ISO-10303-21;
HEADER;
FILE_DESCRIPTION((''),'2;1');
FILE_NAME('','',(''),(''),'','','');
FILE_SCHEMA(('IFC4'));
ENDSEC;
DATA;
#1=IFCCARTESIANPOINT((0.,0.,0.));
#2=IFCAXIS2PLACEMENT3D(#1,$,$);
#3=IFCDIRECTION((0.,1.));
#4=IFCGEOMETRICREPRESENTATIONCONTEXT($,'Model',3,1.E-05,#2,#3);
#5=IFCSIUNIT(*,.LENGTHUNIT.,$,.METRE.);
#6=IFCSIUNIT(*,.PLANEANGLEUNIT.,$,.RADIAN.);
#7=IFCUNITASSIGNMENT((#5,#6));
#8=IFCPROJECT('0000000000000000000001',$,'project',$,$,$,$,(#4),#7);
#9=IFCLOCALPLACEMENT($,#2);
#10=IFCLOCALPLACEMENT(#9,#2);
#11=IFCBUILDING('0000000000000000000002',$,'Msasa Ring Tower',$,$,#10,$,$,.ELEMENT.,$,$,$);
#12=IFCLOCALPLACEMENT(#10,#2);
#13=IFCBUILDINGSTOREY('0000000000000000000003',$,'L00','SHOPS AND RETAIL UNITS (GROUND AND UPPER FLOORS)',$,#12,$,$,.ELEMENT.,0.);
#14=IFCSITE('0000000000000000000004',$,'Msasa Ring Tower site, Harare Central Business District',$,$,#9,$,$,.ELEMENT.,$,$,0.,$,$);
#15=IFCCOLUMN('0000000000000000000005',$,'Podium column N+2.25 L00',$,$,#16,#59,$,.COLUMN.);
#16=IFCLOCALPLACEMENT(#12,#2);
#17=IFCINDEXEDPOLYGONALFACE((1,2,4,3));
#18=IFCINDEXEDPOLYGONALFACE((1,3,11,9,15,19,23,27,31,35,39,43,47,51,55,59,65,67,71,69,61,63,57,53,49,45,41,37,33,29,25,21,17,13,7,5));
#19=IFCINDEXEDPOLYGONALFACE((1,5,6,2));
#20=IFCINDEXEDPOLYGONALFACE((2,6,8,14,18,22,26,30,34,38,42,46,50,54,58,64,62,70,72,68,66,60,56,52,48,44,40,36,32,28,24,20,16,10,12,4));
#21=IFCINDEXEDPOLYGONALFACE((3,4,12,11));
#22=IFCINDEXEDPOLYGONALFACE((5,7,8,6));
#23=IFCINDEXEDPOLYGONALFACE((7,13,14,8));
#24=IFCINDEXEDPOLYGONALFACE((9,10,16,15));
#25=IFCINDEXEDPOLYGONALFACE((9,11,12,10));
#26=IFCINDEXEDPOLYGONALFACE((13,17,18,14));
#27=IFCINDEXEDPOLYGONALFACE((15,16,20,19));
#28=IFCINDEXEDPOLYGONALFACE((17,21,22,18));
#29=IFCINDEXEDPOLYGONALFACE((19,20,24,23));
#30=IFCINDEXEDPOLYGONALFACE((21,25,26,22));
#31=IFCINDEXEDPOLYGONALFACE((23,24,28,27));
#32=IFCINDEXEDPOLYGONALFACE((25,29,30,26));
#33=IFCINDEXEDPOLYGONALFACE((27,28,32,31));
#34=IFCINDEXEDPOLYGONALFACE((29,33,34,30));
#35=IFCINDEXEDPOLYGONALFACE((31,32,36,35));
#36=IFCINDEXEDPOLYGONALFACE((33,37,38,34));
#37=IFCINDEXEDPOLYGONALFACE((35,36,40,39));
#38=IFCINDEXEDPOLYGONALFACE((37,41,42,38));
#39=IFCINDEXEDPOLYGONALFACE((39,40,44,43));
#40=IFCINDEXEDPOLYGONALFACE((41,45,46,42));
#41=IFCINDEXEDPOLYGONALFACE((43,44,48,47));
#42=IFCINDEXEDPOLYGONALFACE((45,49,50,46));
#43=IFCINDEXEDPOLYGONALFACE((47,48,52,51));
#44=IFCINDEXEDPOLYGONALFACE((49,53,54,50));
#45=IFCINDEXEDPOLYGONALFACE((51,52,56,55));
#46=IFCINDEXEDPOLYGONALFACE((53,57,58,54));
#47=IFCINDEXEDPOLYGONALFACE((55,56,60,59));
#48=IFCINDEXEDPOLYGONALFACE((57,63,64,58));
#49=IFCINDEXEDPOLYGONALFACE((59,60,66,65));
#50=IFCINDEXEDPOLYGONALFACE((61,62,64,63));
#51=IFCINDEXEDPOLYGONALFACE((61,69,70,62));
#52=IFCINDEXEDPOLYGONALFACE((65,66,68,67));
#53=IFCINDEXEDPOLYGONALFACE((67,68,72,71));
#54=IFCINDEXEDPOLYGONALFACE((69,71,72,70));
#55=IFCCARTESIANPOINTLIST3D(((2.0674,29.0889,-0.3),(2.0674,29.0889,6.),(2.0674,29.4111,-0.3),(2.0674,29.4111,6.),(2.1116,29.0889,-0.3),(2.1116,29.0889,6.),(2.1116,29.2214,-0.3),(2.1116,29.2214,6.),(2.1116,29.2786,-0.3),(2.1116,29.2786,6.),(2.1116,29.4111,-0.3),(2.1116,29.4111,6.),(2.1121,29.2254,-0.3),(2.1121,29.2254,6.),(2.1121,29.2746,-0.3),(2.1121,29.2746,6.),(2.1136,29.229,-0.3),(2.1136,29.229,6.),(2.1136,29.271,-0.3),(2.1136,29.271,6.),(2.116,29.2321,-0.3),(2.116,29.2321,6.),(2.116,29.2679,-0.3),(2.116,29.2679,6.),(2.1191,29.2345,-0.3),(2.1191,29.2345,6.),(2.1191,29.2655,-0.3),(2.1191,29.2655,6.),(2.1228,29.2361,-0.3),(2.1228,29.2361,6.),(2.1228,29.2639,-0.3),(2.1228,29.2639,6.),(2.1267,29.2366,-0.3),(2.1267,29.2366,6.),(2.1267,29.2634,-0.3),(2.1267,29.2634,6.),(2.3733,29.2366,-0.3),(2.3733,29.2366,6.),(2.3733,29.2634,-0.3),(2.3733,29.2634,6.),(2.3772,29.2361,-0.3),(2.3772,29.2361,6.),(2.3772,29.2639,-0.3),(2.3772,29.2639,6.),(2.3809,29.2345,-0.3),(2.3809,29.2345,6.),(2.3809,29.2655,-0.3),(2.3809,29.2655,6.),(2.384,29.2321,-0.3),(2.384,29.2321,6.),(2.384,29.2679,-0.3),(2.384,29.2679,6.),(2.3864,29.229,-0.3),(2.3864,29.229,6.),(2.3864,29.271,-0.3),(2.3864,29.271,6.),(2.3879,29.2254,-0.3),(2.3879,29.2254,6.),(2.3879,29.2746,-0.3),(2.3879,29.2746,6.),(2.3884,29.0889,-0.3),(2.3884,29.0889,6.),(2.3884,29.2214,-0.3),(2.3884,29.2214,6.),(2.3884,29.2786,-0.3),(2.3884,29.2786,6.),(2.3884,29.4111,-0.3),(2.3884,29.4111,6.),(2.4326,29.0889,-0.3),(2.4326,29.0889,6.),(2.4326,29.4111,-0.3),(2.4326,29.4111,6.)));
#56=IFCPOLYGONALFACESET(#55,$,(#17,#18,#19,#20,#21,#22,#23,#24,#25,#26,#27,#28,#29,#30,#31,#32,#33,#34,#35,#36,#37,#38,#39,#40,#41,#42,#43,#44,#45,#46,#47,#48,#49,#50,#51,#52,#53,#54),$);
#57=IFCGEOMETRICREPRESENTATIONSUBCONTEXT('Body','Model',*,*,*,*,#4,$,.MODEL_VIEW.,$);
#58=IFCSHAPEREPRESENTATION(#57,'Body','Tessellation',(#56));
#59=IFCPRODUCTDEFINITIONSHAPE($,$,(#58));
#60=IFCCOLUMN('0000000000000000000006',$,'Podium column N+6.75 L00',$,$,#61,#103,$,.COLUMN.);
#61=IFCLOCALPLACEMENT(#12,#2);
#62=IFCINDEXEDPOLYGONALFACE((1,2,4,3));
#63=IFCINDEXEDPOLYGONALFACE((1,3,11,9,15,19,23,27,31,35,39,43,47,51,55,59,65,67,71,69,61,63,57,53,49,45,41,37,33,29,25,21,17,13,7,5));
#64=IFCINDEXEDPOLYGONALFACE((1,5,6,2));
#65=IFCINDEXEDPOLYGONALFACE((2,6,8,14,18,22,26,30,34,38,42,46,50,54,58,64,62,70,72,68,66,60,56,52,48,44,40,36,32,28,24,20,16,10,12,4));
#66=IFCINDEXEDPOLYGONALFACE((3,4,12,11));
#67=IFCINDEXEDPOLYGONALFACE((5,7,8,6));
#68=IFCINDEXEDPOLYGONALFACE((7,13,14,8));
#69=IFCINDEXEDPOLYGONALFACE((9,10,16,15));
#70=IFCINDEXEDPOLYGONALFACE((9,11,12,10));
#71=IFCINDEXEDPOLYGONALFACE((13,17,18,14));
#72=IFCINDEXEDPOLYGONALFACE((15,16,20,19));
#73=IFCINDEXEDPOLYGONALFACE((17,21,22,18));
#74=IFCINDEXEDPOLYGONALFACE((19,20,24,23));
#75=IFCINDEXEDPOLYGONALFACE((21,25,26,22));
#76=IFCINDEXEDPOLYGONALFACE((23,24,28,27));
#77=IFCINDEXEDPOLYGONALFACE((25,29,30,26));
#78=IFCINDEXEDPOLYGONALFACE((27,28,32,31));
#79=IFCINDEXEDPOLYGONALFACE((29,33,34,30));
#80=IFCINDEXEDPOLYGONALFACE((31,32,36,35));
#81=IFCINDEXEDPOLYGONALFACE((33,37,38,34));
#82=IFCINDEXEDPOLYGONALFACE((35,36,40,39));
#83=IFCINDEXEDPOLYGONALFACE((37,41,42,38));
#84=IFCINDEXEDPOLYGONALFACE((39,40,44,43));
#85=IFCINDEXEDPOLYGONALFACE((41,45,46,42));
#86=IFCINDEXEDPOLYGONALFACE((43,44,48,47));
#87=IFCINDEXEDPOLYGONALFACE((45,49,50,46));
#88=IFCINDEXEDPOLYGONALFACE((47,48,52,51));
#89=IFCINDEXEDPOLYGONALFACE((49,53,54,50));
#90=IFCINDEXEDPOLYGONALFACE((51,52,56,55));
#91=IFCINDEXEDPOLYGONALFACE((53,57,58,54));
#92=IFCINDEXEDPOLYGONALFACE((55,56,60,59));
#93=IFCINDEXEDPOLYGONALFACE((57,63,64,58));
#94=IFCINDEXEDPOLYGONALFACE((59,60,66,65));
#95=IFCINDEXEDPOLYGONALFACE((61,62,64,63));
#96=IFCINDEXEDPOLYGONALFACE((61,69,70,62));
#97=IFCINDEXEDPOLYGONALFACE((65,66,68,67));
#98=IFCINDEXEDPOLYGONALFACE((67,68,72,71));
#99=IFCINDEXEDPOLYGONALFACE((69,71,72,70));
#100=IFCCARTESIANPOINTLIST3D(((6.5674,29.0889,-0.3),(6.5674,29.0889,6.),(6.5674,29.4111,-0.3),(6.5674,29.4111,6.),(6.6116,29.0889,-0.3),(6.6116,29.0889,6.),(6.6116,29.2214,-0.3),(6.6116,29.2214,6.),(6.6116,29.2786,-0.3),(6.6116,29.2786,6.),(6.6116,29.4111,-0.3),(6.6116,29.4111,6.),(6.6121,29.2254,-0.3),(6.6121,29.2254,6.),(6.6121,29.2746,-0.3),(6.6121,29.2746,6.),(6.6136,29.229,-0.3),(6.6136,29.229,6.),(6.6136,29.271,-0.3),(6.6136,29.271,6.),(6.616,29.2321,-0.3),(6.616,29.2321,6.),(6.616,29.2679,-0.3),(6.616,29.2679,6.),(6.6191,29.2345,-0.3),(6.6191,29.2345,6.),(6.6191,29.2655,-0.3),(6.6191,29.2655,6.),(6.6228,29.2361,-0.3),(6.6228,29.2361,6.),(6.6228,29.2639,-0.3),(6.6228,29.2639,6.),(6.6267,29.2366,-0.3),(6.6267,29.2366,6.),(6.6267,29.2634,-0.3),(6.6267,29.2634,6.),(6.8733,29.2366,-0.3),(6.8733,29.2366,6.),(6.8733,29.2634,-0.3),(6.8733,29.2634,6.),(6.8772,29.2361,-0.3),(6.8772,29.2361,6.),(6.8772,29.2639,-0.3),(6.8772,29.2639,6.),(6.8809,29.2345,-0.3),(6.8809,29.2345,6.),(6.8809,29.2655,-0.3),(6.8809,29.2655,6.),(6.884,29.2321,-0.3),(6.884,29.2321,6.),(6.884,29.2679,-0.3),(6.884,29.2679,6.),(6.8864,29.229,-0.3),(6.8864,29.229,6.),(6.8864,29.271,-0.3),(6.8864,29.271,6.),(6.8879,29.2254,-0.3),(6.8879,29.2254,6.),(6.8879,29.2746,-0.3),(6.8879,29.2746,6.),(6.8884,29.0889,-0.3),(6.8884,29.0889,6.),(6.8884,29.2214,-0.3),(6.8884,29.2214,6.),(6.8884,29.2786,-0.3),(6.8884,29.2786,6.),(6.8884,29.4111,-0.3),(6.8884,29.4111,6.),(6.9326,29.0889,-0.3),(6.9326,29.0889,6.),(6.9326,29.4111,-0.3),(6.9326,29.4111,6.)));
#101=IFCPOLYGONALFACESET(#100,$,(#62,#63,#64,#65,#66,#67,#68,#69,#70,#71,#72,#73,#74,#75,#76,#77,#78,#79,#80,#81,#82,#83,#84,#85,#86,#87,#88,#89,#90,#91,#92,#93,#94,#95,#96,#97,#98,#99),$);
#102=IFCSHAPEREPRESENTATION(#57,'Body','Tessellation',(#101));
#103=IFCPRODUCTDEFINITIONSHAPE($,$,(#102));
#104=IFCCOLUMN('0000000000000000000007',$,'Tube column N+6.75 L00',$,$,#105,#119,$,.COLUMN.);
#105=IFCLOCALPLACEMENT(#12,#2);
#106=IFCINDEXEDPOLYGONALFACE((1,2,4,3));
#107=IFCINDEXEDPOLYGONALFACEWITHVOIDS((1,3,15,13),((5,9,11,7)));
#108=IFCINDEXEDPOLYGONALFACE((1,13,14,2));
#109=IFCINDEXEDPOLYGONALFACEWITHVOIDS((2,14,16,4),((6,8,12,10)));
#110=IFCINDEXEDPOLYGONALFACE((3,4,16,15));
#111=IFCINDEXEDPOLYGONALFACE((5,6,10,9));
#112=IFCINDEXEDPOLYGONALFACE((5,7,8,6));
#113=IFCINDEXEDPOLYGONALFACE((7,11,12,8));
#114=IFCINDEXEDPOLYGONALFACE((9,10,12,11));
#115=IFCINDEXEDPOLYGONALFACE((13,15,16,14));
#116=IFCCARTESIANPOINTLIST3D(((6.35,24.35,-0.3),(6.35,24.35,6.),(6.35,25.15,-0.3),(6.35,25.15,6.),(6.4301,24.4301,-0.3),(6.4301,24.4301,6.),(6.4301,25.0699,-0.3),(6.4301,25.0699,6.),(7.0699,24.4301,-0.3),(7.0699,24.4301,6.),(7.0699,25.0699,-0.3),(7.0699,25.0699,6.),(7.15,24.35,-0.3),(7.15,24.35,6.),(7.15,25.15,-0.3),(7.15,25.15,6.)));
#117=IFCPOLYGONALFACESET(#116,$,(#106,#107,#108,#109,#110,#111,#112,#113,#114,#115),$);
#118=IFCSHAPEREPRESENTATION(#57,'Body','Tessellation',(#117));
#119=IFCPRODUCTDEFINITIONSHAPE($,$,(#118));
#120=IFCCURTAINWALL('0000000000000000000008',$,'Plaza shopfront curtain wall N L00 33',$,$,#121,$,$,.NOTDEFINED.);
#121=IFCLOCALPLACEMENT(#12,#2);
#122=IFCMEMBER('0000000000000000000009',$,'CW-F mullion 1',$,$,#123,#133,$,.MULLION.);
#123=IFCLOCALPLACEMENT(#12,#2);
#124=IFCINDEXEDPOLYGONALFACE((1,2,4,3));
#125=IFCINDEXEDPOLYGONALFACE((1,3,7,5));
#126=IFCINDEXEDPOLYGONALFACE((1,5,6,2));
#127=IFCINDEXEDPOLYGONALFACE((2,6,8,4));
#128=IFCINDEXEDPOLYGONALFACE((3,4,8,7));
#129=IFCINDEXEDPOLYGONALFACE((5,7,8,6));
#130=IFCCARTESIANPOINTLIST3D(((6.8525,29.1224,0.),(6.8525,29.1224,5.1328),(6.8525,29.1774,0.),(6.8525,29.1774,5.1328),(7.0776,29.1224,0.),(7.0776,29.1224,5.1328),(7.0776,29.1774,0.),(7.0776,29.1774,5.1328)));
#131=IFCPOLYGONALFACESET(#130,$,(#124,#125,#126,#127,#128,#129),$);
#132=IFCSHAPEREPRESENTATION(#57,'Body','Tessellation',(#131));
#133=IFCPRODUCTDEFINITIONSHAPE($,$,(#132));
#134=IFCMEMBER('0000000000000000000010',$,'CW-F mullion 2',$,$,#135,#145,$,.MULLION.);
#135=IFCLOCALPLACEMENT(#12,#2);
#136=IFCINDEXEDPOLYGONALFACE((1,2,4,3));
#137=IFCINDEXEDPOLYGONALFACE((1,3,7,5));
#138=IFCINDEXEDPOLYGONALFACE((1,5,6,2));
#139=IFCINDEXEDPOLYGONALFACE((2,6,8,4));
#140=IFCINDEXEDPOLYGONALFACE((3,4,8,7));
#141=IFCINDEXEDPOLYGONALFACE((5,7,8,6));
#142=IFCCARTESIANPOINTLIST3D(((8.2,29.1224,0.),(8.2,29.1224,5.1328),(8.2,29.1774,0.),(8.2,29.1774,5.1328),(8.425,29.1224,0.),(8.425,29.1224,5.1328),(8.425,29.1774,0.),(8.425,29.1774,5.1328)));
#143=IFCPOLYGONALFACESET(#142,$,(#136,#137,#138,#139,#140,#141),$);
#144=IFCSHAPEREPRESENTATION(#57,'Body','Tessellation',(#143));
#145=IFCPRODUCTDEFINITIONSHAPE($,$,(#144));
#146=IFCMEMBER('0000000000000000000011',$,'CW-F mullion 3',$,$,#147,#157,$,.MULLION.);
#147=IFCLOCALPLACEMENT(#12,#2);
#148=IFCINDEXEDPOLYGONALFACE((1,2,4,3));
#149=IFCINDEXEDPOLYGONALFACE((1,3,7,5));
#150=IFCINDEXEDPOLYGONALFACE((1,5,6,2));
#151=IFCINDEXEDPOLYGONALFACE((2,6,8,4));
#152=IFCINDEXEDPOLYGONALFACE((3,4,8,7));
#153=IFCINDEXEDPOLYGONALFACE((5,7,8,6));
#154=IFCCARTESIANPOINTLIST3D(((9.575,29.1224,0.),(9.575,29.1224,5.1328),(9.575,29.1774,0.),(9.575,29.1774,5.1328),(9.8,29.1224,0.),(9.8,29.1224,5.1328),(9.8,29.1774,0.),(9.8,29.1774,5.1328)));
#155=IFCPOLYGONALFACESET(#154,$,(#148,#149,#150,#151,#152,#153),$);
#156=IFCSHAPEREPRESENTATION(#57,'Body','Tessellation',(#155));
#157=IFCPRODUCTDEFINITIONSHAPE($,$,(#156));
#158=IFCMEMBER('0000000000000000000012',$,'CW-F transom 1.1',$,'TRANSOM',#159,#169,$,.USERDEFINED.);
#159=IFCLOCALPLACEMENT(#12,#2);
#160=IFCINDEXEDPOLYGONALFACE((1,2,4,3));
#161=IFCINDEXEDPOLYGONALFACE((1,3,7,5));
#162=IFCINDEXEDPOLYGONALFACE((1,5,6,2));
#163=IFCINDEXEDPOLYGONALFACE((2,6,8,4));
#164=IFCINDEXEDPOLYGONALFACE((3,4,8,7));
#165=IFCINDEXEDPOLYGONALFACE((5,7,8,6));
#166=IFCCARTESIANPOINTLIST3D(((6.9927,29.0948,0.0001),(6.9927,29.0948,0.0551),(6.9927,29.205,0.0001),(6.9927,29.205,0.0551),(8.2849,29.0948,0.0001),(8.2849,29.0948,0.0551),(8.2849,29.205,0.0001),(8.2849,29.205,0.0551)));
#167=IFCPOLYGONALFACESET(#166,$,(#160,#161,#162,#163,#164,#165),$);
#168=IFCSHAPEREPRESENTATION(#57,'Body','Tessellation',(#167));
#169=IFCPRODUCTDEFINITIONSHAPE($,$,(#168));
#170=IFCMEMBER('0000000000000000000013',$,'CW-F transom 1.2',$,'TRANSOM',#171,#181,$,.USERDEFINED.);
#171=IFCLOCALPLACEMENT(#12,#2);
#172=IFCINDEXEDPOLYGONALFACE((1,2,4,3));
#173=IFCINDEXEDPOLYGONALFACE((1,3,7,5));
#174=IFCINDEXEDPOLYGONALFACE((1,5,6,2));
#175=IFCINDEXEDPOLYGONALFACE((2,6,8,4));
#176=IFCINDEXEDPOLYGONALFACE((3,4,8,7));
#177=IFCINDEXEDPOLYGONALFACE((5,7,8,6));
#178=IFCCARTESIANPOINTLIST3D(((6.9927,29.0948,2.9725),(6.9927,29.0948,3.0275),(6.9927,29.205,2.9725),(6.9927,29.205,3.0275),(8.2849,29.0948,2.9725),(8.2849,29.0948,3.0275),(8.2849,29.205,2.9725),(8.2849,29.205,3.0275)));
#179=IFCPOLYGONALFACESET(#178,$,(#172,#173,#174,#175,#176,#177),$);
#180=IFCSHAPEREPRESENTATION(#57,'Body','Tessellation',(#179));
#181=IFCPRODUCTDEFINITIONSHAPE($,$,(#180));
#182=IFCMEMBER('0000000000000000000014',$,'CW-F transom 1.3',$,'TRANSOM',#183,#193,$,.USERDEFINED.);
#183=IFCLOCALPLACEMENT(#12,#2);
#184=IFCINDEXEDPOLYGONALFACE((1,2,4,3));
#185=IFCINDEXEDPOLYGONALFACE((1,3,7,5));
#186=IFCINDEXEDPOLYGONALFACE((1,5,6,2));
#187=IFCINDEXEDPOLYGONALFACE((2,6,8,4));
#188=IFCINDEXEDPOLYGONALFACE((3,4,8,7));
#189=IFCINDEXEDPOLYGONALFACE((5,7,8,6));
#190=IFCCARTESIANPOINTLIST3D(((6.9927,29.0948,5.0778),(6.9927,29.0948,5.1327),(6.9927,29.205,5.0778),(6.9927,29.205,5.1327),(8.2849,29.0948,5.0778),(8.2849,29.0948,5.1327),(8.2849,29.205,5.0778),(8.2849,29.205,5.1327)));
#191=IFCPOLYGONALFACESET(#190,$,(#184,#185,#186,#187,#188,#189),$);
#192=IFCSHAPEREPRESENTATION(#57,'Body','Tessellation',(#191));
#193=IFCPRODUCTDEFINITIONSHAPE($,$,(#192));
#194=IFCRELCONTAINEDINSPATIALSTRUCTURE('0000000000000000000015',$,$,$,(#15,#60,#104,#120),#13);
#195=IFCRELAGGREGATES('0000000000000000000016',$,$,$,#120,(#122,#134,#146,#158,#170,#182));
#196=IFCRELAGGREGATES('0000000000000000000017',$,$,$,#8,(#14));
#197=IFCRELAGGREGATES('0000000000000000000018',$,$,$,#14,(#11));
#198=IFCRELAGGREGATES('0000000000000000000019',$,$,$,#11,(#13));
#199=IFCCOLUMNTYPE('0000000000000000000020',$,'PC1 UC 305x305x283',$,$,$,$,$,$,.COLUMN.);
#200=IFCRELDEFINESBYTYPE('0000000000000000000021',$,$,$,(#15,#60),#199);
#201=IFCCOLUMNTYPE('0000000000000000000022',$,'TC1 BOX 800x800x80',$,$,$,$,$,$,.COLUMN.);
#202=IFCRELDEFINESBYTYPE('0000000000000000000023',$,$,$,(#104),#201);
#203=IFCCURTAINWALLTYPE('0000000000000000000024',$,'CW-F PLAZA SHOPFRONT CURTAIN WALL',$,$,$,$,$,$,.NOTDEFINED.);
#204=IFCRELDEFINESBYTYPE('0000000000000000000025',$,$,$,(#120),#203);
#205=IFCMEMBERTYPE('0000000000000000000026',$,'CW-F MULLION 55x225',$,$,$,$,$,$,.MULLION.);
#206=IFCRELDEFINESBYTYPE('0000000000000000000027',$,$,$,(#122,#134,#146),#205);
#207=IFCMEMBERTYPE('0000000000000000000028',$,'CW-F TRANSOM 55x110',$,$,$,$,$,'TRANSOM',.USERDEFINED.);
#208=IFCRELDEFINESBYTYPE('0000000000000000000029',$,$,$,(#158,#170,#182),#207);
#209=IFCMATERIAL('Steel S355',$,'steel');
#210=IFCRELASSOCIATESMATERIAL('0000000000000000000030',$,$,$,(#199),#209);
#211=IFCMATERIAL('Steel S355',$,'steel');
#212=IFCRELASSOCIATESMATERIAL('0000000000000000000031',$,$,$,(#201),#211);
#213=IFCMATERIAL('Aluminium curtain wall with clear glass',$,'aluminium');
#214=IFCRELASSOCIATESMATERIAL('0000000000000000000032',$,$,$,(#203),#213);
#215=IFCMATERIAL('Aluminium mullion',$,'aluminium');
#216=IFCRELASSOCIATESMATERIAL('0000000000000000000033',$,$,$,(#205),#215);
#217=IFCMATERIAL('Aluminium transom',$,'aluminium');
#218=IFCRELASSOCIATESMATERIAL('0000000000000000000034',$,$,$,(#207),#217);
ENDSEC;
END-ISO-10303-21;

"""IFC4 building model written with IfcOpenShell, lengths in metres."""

from ifc_helpers import new_model, si_unit, direction, frame, origin, origin_2d, place, context, subcontext, project, spatial, rectangle, hollow_rectangle, i_section, extrude, material, material_profile, profile_set, type_object, element, aggregate, save


model = new_model("IFC4")

# Units and contexts
model_context = context("Model", 3, precision=1e-05, world=origin(), true_north=direction((0.0, 1.0)))
body_context = subcontext(model_context, "Body", "Model", "MODEL_VIEW")
ifc_project = project(units=[si_unit("LENGTHUNIT", "METRE"), si_unit("PLANEANGLEUNIT", "RADIAN")], contexts=[model_context])

# Site, building, storey
site_placement = place(None, origin())
site = spatial("IfcSite", under=ifc_project, at=site_placement, Name="Msasa Ring Tower site, Harare Central Business District", CompositionType="ELEMENT", RefElevation=0.0)
building_placement = place(site_placement, origin())
building = spatial("IfcBuilding", under=site, at=building_placement, Name="Msasa Ring Tower", CompositionType="ELEMENT")
storey_placement = place(building_placement, origin())
storey = spatial("IfcBuildingStorey", under=building, at=storey_placement, Name="L00", Description="SHOPS AND RETAIL UNITS (GROUND AND UPPER FLOORS)", CompositionType="ELEMENT", Elevation=0.0)

# Columns
ifc_material_1 = material(Name="Steel S355", Category="steel")
ifc_material_profile_1 = material_profile(ifc_material_1, i_section(OverallWidth=0.3223, OverallDepth=0.3652, WebThickness=0.0269, FlangeThickness=0.0442, FilletRadius=0.0151, at=origin_2d()), Name="UC 305x305x283")
ifc_profile_set_1 = profile_set([ifc_material_profile_1], Name="Steel S355")
column_type_1 = type_object("IfcColumnType", Name="PC1 UC 305x305x283", PredefinedType="COLUMN", material=ifc_profile_set_1)
for number, where, z_axis, x_axis, name in (
    (1, (2.25, 29.25, -0.3), (0.0, 0.0, 1.0), (0.0, 1.0, 0.0), "Podium column N+2.25 L00"),
    (2, (6.75, 29.25, -0.3), (0.0, 0.0, 1.0), (0.0, 1.0, 0.0), "Podium column N+6.75 L00"),
):
    element("IfcColumn", number, at=place(storey_placement, frame(where, z_axis=z_axis, x_axis=x_axis)), inside=storey, type_object=column_type_1, Name=name, PredefinedType="COLUMN", context=body_context, shape_type="SweptSolid", body=[
        extrude(i_section(OverallWidth=0.3223, OverallDepth=0.3652, WebThickness=0.0269, FlangeThickness=0.0442, FilletRadius=0.0151, at=origin_2d()), origin(), (0.0, 0.0, 1.0), 6.3),
    ])
ifc_material_2 = material(Name="Steel S355", Category="steel")
ifc_material_profile_2 = material_profile(ifc_material_2, hollow_rectangle(XDim=0.8, YDim=0.8, WallThickness=0.0801, at=origin_2d()), Name="BOX 800x800x80")
ifc_profile_set_2 = profile_set([ifc_material_profile_2], Name="Steel S355")
column_type_2 = type_object("IfcColumnType", Name="TC1 BOX 800x800x80", PredefinedType="COLUMN", material=ifc_profile_set_2)
column_placement = place(storey_placement, frame((6.75, 24.75, -0.3), z_axis=(0.0, 0.0, 1.0), x_axis=(0.0, 1.0, 0.0)))
element("IfcColumn", 3, at=column_placement, inside=storey, type_object=column_type_2, Name="Tube column N+6.75 L00", PredefinedType="COLUMN", context=body_context, shape_type="SweptSolid", body=[
    extrude(hollow_rectangle(XDim=0.8, YDim=0.8, WallThickness=0.0801, at=origin_2d()), origin(), (0.0, 0.0, 1.0), 6.3),
])

# Curtain wall, members
ifc_material_3 = material(Name="Aluminium curtain wall with clear glass", Category="aluminium")
curtain_wall_type = type_object("IfcCurtainWallType", Name="CW-F PLAZA SHOPFRONT CURTAIN WALL", PredefinedType="NOTDEFINED", material=ifc_material_3)
curtain_wall_placement = place(storey_placement, origin())
curtain_wall = element("IfcCurtainWall", 4, at=curtain_wall_placement, inside=storey, type_object=curtain_wall_type, Name="Plaza shopfront curtain wall N L00 33", PredefinedType="NOTDEFINED")
ifc_material_4 = material(Name="Aluminium mullion", Category="aluminium")
ifc_material_profile_3 = material_profile(ifc_material_4, rectangle(XDim=0.0549, YDim=0.2251, at=origin_2d()), Name="AL 55x225")
ifc_profile_set_3 = profile_set([ifc_material_profile_3], Name="Aluminium mullion")
member_type_1 = type_object("IfcMemberType", Name="CW-F MULLION 55x225", PredefinedType="MULLION", material=ifc_profile_set_3)
member_1_placement = place(storey_placement, frame((6.9651, 29.1499, 0.0), z_axis=(0.0, 0.0, 1.0), x_axis=(0.0, 1.0, 0.0)))
member_1 = element("IfcMember", 5, at=member_1_placement, type_object=member_type_1, Name="CW-F mullion 1", PredefinedType="MULLION", context=body_context, shape_type="SweptSolid", body=[
    extrude(rectangle(XDim=0.0549, YDim=0.2251, at=origin_2d()), origin(), (0.0, 0.0, 1.0), 5.1328),
])
member_2_placement = place(storey_placement, frame((8.3125, 29.1499, 0.0), z_axis=(0.0, 0.0, 1.0), x_axis=(0.0, 1.0, 0.0)))
member_2 = element("IfcMember", 6, at=member_2_placement, type_object=member_type_1, Name="CW-F mullion 2", PredefinedType="MULLION", context=body_context, shape_type="SweptSolid", body=[
    extrude(rectangle(XDim=0.0549, YDim=0.2251, at=origin_2d()), origin(), (0.0, 0.0, 1.0), 5.1328),
])
member_3_placement = place(storey_placement, frame((9.6875, 29.1499, 0.0), z_axis=(0.0, 0.0, 1.0), x_axis=(0.0, 1.0, 0.0)))
member_3 = element("IfcMember", 7, at=member_3_placement, type_object=member_type_1, Name="CW-F mullion 3", PredefinedType="MULLION", context=body_context, shape_type="SweptSolid", body=[
    extrude(rectangle(XDim=0.0549, YDim=0.2251, at=origin_2d()), origin(), (0.0, 0.0, 1.0), 5.1328),
])
ifc_material_5 = material(Name="Aluminium transom", Category="aluminium")
ifc_material_profile_4 = material_profile(ifc_material_5, rectangle(XDim=0.1101, YDim=0.0549, at=origin_2d()), Name="AL 55x110")
ifc_profile_set_4 = profile_set([ifc_material_profile_4], Name="Aluminium transom")
member_type_2 = type_object("IfcMemberType", Name="CW-F TRANSOM 55x110", ElementType="TRANSOM", PredefinedType="USERDEFINED", material=ifc_profile_set_4)
member_4_placement = place(storey_placement, frame((6.9927, 29.1499, 0.0276), z_axis=(1.0, 0.0, 0.0), x_axis=(0.0, 1.0, 0.0)))
member_4 = element("IfcMember", 8, at=member_4_placement, type_object=member_type_2, Name="CW-F transom 1.1", ObjectType="TRANSOM", PredefinedType="USERDEFINED", context=body_context, shape_type="SweptSolid", body=[
    extrude(rectangle(XDim=0.1101, YDim=0.0549, at=origin_2d()), origin(), (0.0, 0.0, 1.0), 1.2922),
])
member_5_placement = place(storey_placement, frame((6.9927, 29.1499, 3.0), z_axis=(1.0, 0.0, 0.0), x_axis=(0.0, 1.0, 0.0)))
member_5 = element("IfcMember", 9, at=member_5_placement, type_object=member_type_2, Name="CW-F transom 1.2", ObjectType="TRANSOM", PredefinedType="USERDEFINED", context=body_context, shape_type="SweptSolid", body=[
    extrude(rectangle(XDim=0.1101, YDim=0.0549, at=origin_2d()), origin(), (0.0, 0.0, 1.0), 1.2922),
])
member_6_placement = place(storey_placement, frame((6.9927, 29.1499, 5.1052), z_axis=(1.0, 0.0, 0.0), x_axis=(0.0, 1.0, 0.0)))
member_6 = element("IfcMember", 10, at=member_6_placement, type_object=member_type_2, Name="CW-F transom 1.3", ObjectType="TRANSOM", PredefinedType="USERDEFINED", context=body_context, shape_type="SweptSolid", body=[
    extrude(rectangle(XDim=0.1101, YDim=0.0549, at=origin_2d()), origin(), (0.0, 0.0, 1.0), 1.2922),
])

aggregate(curtain_wall, [member_1, member_2, member_3, member_4, member_5, member_6])

save(model, "model.ifc")
